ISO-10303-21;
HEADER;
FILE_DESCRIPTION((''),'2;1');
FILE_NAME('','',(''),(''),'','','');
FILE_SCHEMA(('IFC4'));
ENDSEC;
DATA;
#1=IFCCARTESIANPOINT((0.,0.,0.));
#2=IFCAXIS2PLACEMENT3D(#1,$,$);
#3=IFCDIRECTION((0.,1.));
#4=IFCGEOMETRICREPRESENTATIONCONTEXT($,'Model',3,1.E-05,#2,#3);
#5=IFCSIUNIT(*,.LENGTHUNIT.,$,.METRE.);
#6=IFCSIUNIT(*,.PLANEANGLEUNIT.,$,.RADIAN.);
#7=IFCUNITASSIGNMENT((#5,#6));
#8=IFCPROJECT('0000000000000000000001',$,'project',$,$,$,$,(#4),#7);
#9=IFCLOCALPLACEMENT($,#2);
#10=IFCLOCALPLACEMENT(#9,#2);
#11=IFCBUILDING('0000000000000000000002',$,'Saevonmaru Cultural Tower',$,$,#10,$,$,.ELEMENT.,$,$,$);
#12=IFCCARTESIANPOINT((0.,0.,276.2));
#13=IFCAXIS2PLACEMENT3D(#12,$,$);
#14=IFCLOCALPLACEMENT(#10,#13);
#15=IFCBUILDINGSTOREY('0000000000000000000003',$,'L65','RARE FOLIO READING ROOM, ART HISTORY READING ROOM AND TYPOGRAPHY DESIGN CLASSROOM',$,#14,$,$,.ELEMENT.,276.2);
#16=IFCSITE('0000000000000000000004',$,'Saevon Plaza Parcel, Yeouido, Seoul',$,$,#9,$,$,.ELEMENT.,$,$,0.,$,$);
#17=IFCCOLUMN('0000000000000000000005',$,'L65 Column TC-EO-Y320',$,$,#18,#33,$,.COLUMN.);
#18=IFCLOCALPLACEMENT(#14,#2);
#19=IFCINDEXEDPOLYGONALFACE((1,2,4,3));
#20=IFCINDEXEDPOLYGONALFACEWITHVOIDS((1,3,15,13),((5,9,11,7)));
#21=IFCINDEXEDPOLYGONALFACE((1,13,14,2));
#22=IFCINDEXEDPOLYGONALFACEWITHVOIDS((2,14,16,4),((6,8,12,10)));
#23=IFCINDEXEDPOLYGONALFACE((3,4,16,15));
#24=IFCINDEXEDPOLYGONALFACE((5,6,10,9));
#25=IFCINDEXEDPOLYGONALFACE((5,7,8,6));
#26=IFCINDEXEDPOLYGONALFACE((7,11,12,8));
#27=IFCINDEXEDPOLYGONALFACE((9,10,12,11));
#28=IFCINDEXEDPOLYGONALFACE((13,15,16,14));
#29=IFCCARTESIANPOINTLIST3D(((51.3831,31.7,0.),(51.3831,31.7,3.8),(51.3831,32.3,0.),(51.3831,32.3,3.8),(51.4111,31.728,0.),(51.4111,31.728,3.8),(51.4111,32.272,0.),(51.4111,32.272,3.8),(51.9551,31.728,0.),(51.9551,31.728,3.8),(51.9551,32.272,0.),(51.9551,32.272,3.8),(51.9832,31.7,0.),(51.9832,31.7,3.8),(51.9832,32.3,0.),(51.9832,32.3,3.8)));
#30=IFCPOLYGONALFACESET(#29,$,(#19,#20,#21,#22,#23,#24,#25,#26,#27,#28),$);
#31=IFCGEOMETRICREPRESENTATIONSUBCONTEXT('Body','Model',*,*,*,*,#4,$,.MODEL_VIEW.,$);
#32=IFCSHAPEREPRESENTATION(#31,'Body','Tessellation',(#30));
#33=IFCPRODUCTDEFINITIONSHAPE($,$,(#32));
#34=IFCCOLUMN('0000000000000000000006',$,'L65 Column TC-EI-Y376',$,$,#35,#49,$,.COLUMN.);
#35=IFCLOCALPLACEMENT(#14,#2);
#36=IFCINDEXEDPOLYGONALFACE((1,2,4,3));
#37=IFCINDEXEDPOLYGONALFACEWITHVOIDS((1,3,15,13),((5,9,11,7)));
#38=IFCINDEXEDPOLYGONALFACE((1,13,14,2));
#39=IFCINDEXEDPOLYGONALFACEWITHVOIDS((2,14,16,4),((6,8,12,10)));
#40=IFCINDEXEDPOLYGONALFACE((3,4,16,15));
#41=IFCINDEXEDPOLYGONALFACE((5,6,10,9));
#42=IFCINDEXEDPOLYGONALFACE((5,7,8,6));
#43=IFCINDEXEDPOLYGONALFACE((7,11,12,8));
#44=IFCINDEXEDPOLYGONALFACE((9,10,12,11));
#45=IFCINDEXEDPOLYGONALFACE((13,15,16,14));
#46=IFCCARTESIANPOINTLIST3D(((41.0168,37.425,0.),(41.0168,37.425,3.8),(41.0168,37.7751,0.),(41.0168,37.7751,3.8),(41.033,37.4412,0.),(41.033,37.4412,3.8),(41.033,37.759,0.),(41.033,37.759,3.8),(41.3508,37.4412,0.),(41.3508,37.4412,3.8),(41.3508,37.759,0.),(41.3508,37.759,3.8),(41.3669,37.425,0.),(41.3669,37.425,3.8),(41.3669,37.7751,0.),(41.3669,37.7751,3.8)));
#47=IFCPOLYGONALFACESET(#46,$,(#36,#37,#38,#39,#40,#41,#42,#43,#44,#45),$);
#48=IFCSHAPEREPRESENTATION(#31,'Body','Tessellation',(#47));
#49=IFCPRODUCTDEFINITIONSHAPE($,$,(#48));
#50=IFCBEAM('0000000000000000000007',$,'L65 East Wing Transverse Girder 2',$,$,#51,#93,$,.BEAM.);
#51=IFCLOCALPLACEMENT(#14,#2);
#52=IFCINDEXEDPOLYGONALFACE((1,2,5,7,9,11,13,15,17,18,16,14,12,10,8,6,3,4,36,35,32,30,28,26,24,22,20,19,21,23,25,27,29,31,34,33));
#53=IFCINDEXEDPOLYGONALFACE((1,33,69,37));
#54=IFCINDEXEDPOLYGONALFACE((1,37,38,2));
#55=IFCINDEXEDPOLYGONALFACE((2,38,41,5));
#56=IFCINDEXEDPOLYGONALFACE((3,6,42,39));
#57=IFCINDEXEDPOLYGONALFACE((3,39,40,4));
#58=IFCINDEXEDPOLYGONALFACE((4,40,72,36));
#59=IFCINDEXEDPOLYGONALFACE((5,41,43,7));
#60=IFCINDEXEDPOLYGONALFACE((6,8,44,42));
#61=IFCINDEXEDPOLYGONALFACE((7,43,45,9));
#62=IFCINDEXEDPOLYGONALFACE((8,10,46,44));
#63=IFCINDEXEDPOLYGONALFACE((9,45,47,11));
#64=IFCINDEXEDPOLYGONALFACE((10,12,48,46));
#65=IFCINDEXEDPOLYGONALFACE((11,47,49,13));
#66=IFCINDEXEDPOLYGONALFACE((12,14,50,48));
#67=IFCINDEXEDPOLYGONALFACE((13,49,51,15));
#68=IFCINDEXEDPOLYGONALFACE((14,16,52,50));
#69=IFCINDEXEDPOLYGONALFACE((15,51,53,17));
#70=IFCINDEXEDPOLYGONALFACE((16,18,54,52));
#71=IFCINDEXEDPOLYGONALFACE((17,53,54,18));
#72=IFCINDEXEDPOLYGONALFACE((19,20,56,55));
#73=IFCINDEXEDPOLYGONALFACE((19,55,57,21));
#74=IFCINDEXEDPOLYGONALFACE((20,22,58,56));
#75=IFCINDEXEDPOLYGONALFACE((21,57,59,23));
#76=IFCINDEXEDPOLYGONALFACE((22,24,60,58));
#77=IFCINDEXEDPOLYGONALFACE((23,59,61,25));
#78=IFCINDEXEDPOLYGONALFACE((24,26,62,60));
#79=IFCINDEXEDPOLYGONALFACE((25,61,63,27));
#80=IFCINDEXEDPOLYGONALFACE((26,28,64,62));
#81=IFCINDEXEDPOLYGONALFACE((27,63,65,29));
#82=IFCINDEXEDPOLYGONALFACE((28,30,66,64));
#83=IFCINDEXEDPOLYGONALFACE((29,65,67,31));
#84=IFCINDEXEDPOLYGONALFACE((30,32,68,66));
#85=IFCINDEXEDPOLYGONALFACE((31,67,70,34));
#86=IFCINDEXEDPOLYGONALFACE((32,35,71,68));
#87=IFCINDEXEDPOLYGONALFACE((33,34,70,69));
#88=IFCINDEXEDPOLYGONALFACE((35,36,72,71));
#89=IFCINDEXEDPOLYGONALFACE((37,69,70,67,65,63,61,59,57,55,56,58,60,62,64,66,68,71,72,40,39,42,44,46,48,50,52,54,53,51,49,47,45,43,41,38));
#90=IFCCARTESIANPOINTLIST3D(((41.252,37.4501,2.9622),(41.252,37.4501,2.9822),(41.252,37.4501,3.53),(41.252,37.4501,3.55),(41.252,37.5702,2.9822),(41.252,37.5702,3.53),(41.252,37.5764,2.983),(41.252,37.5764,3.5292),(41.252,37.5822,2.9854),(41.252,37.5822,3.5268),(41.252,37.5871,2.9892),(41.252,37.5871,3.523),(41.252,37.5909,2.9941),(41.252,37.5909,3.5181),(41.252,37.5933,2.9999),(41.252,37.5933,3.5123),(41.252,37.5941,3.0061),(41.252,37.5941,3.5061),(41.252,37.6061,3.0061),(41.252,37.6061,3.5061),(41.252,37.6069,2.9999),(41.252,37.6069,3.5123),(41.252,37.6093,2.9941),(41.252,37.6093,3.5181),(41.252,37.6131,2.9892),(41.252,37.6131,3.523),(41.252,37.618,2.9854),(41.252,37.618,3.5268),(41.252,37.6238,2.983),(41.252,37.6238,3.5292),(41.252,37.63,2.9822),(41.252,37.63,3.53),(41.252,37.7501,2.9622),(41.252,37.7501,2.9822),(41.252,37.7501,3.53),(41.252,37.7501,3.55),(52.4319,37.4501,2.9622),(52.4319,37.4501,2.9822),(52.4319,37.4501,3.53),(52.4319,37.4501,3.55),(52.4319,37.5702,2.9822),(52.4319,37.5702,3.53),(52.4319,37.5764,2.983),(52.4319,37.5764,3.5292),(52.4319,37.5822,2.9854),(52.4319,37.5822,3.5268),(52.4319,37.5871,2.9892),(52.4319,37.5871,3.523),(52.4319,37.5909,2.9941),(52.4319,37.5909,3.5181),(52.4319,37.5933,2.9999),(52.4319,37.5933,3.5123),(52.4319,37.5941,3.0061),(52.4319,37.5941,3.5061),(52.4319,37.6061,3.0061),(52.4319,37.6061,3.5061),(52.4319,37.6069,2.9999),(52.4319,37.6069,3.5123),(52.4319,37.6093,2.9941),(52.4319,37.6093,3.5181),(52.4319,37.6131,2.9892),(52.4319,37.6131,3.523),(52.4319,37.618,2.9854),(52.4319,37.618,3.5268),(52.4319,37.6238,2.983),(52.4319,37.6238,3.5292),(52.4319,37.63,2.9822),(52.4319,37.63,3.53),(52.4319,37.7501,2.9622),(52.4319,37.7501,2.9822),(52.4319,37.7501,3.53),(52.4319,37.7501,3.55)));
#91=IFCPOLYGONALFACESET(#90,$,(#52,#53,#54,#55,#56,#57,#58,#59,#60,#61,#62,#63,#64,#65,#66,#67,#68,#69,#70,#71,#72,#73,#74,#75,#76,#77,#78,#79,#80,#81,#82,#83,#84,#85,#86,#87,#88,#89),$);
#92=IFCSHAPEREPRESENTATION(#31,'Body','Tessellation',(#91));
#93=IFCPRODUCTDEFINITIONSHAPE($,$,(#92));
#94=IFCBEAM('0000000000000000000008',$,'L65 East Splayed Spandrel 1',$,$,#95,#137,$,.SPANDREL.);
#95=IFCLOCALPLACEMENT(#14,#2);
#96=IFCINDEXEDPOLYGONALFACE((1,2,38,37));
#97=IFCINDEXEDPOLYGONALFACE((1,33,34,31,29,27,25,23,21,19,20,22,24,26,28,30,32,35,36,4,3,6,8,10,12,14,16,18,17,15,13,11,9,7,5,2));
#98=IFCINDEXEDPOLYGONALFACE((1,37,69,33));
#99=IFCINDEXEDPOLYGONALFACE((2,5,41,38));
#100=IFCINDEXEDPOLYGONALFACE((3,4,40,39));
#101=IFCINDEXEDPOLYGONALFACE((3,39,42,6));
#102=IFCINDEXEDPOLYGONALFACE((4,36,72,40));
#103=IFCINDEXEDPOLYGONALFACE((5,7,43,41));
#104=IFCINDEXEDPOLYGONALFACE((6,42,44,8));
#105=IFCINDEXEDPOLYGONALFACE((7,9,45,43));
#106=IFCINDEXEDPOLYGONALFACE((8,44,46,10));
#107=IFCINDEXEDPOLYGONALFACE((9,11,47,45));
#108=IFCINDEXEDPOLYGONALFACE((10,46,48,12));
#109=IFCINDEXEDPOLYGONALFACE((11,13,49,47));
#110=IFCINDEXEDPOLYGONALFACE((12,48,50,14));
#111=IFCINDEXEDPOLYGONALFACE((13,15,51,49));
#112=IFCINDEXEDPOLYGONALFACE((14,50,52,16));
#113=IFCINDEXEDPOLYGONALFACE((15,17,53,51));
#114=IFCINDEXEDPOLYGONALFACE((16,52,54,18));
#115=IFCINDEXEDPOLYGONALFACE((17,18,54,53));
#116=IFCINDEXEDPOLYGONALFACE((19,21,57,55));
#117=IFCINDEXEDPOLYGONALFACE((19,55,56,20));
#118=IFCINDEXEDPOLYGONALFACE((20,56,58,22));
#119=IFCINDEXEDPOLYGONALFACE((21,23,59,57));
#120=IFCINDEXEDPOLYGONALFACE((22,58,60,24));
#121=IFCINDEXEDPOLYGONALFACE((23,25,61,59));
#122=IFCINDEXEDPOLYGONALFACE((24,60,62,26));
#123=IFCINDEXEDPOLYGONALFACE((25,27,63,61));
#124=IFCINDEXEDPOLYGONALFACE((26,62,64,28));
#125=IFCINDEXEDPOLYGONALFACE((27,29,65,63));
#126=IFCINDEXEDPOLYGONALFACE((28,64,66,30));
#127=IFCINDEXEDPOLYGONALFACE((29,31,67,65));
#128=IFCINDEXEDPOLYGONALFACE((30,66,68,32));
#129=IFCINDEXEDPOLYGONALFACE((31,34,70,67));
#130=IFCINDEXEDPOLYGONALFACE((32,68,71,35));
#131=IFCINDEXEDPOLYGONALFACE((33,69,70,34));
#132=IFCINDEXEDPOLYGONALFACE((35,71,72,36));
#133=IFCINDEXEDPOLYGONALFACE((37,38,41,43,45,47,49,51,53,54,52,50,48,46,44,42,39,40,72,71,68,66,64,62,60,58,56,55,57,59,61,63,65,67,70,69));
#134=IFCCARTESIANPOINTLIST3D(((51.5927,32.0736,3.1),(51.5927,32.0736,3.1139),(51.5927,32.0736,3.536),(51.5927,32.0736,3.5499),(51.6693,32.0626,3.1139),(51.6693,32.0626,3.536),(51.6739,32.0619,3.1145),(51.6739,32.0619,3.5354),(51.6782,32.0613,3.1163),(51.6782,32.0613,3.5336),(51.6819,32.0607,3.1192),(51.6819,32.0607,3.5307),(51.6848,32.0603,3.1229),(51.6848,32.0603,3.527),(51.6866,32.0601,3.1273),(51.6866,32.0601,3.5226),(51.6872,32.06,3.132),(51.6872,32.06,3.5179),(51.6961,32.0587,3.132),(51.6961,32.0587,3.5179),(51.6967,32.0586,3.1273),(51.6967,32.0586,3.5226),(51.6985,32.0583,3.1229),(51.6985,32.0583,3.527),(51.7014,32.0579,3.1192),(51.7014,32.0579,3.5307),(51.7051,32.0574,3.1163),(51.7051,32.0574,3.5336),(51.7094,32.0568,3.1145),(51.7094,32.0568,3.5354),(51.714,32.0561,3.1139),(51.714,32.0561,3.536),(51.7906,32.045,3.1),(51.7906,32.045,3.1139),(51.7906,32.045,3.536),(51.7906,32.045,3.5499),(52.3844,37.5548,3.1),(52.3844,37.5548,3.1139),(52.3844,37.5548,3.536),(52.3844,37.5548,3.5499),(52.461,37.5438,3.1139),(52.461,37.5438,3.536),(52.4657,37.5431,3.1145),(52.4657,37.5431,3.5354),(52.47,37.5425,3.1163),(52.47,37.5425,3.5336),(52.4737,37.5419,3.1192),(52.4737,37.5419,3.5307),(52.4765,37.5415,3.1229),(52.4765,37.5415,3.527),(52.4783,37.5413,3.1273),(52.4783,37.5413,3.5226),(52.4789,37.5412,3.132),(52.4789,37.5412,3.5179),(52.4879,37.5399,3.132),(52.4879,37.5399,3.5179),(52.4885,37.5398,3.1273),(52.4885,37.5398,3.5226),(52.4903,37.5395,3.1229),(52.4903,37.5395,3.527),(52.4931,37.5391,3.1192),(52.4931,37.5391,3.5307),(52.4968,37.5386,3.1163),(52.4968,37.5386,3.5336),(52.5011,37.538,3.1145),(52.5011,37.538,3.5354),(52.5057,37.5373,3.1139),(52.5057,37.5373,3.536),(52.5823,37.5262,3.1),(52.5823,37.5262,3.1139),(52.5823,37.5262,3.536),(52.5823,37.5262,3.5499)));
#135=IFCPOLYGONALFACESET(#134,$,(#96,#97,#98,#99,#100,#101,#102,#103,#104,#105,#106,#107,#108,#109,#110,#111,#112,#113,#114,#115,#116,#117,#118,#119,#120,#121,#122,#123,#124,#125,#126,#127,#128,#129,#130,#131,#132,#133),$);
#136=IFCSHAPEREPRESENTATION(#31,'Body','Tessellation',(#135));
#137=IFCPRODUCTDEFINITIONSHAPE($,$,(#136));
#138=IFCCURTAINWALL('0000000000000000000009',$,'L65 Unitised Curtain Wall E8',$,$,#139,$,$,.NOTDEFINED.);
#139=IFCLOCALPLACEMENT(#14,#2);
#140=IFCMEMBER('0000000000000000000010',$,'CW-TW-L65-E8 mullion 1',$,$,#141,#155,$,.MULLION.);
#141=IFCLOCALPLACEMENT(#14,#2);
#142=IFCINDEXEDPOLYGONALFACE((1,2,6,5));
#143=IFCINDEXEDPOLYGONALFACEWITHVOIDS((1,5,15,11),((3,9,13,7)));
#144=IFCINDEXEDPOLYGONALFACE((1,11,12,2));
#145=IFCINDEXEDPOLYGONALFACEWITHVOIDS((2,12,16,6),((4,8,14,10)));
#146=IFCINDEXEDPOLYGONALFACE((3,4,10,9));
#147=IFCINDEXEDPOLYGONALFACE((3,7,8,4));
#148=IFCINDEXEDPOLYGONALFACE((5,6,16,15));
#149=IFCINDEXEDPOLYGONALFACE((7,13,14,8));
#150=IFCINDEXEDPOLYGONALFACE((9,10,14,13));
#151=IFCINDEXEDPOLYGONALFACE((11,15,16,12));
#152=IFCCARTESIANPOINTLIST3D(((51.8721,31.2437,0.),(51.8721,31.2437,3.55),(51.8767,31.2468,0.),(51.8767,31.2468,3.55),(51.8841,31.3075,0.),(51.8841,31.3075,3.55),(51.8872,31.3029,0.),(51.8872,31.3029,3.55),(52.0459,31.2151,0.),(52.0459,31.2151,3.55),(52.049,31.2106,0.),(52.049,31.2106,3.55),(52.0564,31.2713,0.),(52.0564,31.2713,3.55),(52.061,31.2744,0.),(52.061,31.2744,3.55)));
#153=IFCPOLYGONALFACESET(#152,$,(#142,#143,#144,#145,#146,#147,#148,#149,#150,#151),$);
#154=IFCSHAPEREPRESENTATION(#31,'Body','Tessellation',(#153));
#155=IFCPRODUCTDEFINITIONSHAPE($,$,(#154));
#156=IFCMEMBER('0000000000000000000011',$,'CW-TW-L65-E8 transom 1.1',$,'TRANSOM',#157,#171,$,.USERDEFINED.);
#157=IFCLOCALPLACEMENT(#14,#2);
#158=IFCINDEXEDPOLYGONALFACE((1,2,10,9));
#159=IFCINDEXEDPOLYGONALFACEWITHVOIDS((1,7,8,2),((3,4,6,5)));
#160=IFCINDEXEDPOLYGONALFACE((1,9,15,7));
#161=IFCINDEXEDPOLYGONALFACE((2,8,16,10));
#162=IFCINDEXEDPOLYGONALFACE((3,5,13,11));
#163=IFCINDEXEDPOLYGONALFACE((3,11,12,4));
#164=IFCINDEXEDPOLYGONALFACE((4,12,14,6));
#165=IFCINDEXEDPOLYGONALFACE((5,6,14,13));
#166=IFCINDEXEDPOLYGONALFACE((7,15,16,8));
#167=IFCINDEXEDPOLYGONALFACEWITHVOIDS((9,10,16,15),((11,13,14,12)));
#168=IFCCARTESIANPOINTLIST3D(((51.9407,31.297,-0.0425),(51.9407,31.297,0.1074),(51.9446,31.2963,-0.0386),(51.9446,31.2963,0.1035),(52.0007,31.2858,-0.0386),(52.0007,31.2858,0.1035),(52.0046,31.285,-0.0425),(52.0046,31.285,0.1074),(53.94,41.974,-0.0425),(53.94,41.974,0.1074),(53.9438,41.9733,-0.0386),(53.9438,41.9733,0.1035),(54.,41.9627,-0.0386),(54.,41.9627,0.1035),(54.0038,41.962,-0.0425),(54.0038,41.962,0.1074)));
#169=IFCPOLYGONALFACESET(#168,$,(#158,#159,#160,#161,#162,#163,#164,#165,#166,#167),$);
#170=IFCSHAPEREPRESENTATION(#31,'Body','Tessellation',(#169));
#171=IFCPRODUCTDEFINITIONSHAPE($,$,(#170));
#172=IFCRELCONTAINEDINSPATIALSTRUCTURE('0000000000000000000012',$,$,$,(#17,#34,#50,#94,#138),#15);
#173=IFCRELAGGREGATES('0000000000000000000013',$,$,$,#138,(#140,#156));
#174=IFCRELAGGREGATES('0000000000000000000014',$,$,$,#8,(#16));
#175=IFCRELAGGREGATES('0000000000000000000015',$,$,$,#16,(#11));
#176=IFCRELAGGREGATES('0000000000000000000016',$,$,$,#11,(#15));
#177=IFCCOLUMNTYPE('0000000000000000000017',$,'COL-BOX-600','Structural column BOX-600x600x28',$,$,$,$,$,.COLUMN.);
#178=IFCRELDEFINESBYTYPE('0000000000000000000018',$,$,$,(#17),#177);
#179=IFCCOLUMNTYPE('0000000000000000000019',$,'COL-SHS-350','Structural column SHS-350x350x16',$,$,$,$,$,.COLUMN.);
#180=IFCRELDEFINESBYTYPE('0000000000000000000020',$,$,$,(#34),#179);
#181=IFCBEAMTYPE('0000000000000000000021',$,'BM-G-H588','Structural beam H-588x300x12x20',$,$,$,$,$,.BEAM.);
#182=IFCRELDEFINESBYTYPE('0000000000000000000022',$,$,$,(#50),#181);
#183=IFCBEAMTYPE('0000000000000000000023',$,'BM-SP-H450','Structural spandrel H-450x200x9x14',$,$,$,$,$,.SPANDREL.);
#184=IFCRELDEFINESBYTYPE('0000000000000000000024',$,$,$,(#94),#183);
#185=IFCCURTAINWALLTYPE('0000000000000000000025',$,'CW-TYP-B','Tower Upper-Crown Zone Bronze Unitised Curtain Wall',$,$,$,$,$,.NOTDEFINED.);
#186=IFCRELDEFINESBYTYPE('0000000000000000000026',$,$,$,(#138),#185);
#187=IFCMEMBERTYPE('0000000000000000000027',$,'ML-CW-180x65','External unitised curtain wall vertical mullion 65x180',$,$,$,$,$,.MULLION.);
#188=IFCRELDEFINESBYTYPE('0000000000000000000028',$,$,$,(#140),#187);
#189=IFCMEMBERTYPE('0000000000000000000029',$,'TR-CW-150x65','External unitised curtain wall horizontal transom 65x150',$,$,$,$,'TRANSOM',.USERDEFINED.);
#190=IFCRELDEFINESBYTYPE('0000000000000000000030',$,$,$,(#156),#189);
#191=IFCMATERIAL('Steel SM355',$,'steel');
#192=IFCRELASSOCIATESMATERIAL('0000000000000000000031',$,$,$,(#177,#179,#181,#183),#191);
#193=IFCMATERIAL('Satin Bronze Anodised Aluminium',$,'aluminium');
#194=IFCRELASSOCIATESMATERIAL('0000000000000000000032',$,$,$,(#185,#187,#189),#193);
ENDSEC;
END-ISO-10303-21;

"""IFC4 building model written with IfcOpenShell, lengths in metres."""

from ifc_helpers import new_model, si_unit, direction, frame, origin, origin_2d, place, context, subcontext, project, spatial, hollow_rectangle, i_section, extrude, material, material_profile, profile_set, type_object, element, aggregate, save


model = new_model("IFC4")

# Units and contexts
model_context = context("Model", 3, precision=1e-05, world=origin(), true_north=direction((0.0, 1.0)))
body_context = subcontext(model_context, "Body", "Model", "MODEL_VIEW")
ifc_project = project(units=[si_unit("LENGTHUNIT", "METRE"), si_unit("PLANEANGLEUNIT", "RADIAN")], contexts=[model_context])

# Site, building, storey
site_placement = place(None, origin())
site = spatial("IfcSite", under=ifc_project, at=site_placement, Name="Saevon Plaza Parcel, Yeouido, Seoul", CompositionType="ELEMENT", RefElevation=0.0)
building_placement = place(site_placement, origin())
building = spatial("IfcBuilding", under=site, at=building_placement, Name="Saevonmaru Cultural Tower", CompositionType="ELEMENT")
storey_placement = place(building_placement, frame((0.0, 0.0, 276.2)))
storey = spatial("IfcBuildingStorey", under=building, at=storey_placement, Name="L65", Description="RARE FOLIO READING ROOM, ART HISTORY READING ROOM AND TYPOGRAPHY DESIGN CLASSROOM", CompositionType="ELEMENT", Elevation=276.2)

# Columns
ifc_material_1 = material(Name="Steel SM355", Category="steel")
ifc_material_profile_1 = material_profile(ifc_material_1, hollow_rectangle(XDim=0.6001, YDim=0.6001, WallThickness=0.0281, at=origin_2d()), Name="BOX-600x600x28")
ifc_profile_set_1 = profile_set([ifc_material_profile_1], Name="Steel SM355")
column_type_1 = type_object("IfcColumnType", Name="COL-BOX-600", Description="Structural column BOX-600x600x28", PredefinedType="COLUMN", material=ifc_profile_set_1)
column_1_placement = place(storey_placement, frame((51.6831, 32.0, 0.0), z_axis=(0.0, 0.0, 1.0), x_axis=(1.0, 0.0, 0.0)))
element("IfcColumn", 1, at=column_1_placement, inside=storey, type_object=column_type_1, Name="L65 Column TC-EO-Y320", PredefinedType="COLUMN", context=body_context, shape_type="SweptSolid", body=[
    extrude(hollow_rectangle(XDim=0.6001, YDim=0.6001, WallThickness=0.0281, at=origin_2d()), origin(), (0.0, 0.0, 1.0), 3.8),
])
ifc_material_profile_2 = material_profile(ifc_material_1, hollow_rectangle(XDim=0.3501, YDim=0.3501, WallThickness=0.0161, at=origin_2d()), Name="SHS-350x350x16")
ifc_profile_set_2 = profile_set([ifc_material_profile_2], Name="Steel SM355")
column_type_2 = type_object("IfcColumnType", Name="COL-SHS-350", Description="Structural column SHS-350x350x16", PredefinedType="COLUMN", material=ifc_profile_set_2)
column_2_placement = place(storey_placement, frame((41.1919, 37.6001, 0.0), z_axis=(0.0, 0.0, 1.0), x_axis=(1.0, 0.0, 0.0)))
element("IfcColumn", 2, at=column_2_placement, inside=storey, type_object=column_type_2, Name="L65 Column TC-EI-Y376", PredefinedType="COLUMN", context=body_context, shape_type="SweptSolid", body=[
    extrude(hollow_rectangle(XDim=0.3501, YDim=0.3501, WallThickness=0.0161, at=origin_2d()), origin(), (0.0, 0.0, 1.0), 3.8),
])

# Beams
ifc_material_profile_3 = material_profile(ifc_material_1, i_section(OverallWidth=0.3, OverallDepth=0.5879, WebThickness=0.012, FlangeThickness=0.02, FilletRadius=0.0239, at=origin_2d()), Name="H-588x300x12x20")
ifc_profile_set_3 = profile_set([ifc_material_profile_3], Name="Steel SM355")
beam_type_1 = type_object("IfcBeamType", Name="BM-G-H588", Description="Structural beam H-588x300x12x20", PredefinedType="BEAM", material=ifc_profile_set_3)
beam_1_placement = place(storey_placement, frame((41.252, 37.6001, 3.2561), z_axis=(1.0, 0.0, 0.0), x_axis=(0.0, 1.0, 0.0)))
element("IfcBeam", 3, at=beam_1_placement, inside=storey, type_object=beam_type_1, Name="L65 East Wing Transverse Girder 2", PredefinedType="BEAM", context=body_context, shape_type="SweptSolid", body=[
    extrude(i_section(OverallWidth=0.3, OverallDepth=0.5879, WebThickness=0.012, FlangeThickness=0.02, FilletRadius=0.0239, at=origin_2d()), origin(), (0.0, 0.0, 1.0), 11.1799),
])
ifc_material_profile_4 = material_profile(ifc_material_1, i_section(OverallWidth=0.2, OverallDepth=0.45, WebThickness=0.009, FlangeThickness=0.0139, FilletRadius=0.0181, at=origin_2d()), Name="H-450x200x9x14")
ifc_profile_set_4 = profile_set([ifc_material_profile_4], Name="Steel SM355")
beam_type_2 = type_object("IfcBeamType", Name="BM-SP-H450", Description="Structural spandrel H-450x200x9x14", PredefinedType="SPANDREL", material=ifc_profile_set_4)
beam_2_placement = place(storey_placement, frame((51.6917, 32.0593, 3.325), z_axis=(0.142964, 0.989728, 0.0), x_axis=(-0.989728, 0.142964, 0.0)))
element("IfcBeam", 4, at=beam_2_placement, inside=storey, type_object=beam_type_2, Name="L65 East Splayed Spandrel 1", PredefinedType="SPANDREL", context=body_context, shape_type="SweptSolid", body=[
    extrude(i_section(OverallWidth=0.2, OverallDepth=0.45, WebThickness=0.009, FlangeThickness=0.0139, FilletRadius=0.0181, at=origin_2d()), origin(), (0.0, 0.0, 1.0), 5.5381),
])

# Curtain wall, members
ifc_material_2 = material(Name="Satin Bronze Anodised Aluminium", Category="aluminium")
curtain_wall_type = type_object("IfcCurtainWallType", Name="CW-TYP-B", Description="Tower Upper-Crown Zone Bronze Unitised Curtain Wall", PredefinedType="NOTDEFINED", material=ifc_material_2)
curtain_wall_placement = place(storey_placement, origin())
curtain_wall = element("IfcCurtainWall", 5, at=curtain_wall_placement, inside=storey, type_object=curtain_wall_type, Name="L65 Unitised Curtain Wall E8", PredefinedType="NOTDEFINED")
ifc_material_profile_5 = material_profile(ifc_material_2, hollow_rectangle(XDim=0.0649, YDim=0.1799, WallThickness=0.0039, at=origin_2d()), Name="ALU-MULL-180x65x4")
ifc_profile_set_5 = profile_set([ifc_material_profile_5], Name="Satin Bronze Anodised Aluminium")
member_type_1 = type_object("IfcMemberType", Name="ML-CW-180x65", Description="External unitised curtain wall vertical mullion 65x180", PredefinedType="MULLION", material=ifc_profile_set_5)
member_1_placement = place(storey_placement, frame((51.9666, 31.259, 0.0), z_axis=(0.0, 0.0, 1.0), x_axis=(0.184047, 0.982918, 0.0)))
member_1 = element("IfcMember", 6, at=member_1_placement, type_object=member_type_1, Name="CW-TW-L65-E8 mullion 1", PredefinedType="MULLION", context=body_context, shape_type="SweptSolid", body=[
    extrude(hollow_rectangle(XDim=0.0649, YDim=0.1799, WallThickness=0.0039, at=origin_2d()), origin(), (0.0, 0.0, 1.0), 3.55),
])
ifc_material_profile_6 = material_profile(ifc_material_2, hollow_rectangle(XDim=0.0649, YDim=0.1499, WallThickness=0.0039, at=origin_2d()), Name="ALU-TRAN-150x65x4")
ifc_profile_set_6 = profile_set([ifc_material_profile_6], Name="Satin Bronze Anodised Aluminium")
member_type_2 = type_object("IfcMemberType", Name="TR-CW-150x65", Description="External unitised curtain wall horizontal transom 65x150", ElementType="TRANSOM", PredefinedType="USERDEFINED", material=ifc_profile_set_6)
member_2_placement = place(storey_placement, frame((51.9727, 31.291, 0.0325), z_axis=(0.184051, 0.982917, 0.0), x_axis=(-0.982917, 0.184051, 0.0)))
member_2 = element("IfcMember", 7, at=member_2_placement, type_object=member_type_2, Name="CW-TW-L65-E8 transom 1.1", ObjectType="TRANSOM", PredefinedType="USERDEFINED", context=body_context, shape_type="SweptSolid", body=[
    extrude(hollow_rectangle(XDim=0.0649, YDim=0.1499, WallThickness=0.0039, at=origin_2d()), origin(), (0.0, 0.0, 1.0), 10.8625),
])

aggregate(curtain_wall, [member_1, member_2])

save(model, "model.ifc")
